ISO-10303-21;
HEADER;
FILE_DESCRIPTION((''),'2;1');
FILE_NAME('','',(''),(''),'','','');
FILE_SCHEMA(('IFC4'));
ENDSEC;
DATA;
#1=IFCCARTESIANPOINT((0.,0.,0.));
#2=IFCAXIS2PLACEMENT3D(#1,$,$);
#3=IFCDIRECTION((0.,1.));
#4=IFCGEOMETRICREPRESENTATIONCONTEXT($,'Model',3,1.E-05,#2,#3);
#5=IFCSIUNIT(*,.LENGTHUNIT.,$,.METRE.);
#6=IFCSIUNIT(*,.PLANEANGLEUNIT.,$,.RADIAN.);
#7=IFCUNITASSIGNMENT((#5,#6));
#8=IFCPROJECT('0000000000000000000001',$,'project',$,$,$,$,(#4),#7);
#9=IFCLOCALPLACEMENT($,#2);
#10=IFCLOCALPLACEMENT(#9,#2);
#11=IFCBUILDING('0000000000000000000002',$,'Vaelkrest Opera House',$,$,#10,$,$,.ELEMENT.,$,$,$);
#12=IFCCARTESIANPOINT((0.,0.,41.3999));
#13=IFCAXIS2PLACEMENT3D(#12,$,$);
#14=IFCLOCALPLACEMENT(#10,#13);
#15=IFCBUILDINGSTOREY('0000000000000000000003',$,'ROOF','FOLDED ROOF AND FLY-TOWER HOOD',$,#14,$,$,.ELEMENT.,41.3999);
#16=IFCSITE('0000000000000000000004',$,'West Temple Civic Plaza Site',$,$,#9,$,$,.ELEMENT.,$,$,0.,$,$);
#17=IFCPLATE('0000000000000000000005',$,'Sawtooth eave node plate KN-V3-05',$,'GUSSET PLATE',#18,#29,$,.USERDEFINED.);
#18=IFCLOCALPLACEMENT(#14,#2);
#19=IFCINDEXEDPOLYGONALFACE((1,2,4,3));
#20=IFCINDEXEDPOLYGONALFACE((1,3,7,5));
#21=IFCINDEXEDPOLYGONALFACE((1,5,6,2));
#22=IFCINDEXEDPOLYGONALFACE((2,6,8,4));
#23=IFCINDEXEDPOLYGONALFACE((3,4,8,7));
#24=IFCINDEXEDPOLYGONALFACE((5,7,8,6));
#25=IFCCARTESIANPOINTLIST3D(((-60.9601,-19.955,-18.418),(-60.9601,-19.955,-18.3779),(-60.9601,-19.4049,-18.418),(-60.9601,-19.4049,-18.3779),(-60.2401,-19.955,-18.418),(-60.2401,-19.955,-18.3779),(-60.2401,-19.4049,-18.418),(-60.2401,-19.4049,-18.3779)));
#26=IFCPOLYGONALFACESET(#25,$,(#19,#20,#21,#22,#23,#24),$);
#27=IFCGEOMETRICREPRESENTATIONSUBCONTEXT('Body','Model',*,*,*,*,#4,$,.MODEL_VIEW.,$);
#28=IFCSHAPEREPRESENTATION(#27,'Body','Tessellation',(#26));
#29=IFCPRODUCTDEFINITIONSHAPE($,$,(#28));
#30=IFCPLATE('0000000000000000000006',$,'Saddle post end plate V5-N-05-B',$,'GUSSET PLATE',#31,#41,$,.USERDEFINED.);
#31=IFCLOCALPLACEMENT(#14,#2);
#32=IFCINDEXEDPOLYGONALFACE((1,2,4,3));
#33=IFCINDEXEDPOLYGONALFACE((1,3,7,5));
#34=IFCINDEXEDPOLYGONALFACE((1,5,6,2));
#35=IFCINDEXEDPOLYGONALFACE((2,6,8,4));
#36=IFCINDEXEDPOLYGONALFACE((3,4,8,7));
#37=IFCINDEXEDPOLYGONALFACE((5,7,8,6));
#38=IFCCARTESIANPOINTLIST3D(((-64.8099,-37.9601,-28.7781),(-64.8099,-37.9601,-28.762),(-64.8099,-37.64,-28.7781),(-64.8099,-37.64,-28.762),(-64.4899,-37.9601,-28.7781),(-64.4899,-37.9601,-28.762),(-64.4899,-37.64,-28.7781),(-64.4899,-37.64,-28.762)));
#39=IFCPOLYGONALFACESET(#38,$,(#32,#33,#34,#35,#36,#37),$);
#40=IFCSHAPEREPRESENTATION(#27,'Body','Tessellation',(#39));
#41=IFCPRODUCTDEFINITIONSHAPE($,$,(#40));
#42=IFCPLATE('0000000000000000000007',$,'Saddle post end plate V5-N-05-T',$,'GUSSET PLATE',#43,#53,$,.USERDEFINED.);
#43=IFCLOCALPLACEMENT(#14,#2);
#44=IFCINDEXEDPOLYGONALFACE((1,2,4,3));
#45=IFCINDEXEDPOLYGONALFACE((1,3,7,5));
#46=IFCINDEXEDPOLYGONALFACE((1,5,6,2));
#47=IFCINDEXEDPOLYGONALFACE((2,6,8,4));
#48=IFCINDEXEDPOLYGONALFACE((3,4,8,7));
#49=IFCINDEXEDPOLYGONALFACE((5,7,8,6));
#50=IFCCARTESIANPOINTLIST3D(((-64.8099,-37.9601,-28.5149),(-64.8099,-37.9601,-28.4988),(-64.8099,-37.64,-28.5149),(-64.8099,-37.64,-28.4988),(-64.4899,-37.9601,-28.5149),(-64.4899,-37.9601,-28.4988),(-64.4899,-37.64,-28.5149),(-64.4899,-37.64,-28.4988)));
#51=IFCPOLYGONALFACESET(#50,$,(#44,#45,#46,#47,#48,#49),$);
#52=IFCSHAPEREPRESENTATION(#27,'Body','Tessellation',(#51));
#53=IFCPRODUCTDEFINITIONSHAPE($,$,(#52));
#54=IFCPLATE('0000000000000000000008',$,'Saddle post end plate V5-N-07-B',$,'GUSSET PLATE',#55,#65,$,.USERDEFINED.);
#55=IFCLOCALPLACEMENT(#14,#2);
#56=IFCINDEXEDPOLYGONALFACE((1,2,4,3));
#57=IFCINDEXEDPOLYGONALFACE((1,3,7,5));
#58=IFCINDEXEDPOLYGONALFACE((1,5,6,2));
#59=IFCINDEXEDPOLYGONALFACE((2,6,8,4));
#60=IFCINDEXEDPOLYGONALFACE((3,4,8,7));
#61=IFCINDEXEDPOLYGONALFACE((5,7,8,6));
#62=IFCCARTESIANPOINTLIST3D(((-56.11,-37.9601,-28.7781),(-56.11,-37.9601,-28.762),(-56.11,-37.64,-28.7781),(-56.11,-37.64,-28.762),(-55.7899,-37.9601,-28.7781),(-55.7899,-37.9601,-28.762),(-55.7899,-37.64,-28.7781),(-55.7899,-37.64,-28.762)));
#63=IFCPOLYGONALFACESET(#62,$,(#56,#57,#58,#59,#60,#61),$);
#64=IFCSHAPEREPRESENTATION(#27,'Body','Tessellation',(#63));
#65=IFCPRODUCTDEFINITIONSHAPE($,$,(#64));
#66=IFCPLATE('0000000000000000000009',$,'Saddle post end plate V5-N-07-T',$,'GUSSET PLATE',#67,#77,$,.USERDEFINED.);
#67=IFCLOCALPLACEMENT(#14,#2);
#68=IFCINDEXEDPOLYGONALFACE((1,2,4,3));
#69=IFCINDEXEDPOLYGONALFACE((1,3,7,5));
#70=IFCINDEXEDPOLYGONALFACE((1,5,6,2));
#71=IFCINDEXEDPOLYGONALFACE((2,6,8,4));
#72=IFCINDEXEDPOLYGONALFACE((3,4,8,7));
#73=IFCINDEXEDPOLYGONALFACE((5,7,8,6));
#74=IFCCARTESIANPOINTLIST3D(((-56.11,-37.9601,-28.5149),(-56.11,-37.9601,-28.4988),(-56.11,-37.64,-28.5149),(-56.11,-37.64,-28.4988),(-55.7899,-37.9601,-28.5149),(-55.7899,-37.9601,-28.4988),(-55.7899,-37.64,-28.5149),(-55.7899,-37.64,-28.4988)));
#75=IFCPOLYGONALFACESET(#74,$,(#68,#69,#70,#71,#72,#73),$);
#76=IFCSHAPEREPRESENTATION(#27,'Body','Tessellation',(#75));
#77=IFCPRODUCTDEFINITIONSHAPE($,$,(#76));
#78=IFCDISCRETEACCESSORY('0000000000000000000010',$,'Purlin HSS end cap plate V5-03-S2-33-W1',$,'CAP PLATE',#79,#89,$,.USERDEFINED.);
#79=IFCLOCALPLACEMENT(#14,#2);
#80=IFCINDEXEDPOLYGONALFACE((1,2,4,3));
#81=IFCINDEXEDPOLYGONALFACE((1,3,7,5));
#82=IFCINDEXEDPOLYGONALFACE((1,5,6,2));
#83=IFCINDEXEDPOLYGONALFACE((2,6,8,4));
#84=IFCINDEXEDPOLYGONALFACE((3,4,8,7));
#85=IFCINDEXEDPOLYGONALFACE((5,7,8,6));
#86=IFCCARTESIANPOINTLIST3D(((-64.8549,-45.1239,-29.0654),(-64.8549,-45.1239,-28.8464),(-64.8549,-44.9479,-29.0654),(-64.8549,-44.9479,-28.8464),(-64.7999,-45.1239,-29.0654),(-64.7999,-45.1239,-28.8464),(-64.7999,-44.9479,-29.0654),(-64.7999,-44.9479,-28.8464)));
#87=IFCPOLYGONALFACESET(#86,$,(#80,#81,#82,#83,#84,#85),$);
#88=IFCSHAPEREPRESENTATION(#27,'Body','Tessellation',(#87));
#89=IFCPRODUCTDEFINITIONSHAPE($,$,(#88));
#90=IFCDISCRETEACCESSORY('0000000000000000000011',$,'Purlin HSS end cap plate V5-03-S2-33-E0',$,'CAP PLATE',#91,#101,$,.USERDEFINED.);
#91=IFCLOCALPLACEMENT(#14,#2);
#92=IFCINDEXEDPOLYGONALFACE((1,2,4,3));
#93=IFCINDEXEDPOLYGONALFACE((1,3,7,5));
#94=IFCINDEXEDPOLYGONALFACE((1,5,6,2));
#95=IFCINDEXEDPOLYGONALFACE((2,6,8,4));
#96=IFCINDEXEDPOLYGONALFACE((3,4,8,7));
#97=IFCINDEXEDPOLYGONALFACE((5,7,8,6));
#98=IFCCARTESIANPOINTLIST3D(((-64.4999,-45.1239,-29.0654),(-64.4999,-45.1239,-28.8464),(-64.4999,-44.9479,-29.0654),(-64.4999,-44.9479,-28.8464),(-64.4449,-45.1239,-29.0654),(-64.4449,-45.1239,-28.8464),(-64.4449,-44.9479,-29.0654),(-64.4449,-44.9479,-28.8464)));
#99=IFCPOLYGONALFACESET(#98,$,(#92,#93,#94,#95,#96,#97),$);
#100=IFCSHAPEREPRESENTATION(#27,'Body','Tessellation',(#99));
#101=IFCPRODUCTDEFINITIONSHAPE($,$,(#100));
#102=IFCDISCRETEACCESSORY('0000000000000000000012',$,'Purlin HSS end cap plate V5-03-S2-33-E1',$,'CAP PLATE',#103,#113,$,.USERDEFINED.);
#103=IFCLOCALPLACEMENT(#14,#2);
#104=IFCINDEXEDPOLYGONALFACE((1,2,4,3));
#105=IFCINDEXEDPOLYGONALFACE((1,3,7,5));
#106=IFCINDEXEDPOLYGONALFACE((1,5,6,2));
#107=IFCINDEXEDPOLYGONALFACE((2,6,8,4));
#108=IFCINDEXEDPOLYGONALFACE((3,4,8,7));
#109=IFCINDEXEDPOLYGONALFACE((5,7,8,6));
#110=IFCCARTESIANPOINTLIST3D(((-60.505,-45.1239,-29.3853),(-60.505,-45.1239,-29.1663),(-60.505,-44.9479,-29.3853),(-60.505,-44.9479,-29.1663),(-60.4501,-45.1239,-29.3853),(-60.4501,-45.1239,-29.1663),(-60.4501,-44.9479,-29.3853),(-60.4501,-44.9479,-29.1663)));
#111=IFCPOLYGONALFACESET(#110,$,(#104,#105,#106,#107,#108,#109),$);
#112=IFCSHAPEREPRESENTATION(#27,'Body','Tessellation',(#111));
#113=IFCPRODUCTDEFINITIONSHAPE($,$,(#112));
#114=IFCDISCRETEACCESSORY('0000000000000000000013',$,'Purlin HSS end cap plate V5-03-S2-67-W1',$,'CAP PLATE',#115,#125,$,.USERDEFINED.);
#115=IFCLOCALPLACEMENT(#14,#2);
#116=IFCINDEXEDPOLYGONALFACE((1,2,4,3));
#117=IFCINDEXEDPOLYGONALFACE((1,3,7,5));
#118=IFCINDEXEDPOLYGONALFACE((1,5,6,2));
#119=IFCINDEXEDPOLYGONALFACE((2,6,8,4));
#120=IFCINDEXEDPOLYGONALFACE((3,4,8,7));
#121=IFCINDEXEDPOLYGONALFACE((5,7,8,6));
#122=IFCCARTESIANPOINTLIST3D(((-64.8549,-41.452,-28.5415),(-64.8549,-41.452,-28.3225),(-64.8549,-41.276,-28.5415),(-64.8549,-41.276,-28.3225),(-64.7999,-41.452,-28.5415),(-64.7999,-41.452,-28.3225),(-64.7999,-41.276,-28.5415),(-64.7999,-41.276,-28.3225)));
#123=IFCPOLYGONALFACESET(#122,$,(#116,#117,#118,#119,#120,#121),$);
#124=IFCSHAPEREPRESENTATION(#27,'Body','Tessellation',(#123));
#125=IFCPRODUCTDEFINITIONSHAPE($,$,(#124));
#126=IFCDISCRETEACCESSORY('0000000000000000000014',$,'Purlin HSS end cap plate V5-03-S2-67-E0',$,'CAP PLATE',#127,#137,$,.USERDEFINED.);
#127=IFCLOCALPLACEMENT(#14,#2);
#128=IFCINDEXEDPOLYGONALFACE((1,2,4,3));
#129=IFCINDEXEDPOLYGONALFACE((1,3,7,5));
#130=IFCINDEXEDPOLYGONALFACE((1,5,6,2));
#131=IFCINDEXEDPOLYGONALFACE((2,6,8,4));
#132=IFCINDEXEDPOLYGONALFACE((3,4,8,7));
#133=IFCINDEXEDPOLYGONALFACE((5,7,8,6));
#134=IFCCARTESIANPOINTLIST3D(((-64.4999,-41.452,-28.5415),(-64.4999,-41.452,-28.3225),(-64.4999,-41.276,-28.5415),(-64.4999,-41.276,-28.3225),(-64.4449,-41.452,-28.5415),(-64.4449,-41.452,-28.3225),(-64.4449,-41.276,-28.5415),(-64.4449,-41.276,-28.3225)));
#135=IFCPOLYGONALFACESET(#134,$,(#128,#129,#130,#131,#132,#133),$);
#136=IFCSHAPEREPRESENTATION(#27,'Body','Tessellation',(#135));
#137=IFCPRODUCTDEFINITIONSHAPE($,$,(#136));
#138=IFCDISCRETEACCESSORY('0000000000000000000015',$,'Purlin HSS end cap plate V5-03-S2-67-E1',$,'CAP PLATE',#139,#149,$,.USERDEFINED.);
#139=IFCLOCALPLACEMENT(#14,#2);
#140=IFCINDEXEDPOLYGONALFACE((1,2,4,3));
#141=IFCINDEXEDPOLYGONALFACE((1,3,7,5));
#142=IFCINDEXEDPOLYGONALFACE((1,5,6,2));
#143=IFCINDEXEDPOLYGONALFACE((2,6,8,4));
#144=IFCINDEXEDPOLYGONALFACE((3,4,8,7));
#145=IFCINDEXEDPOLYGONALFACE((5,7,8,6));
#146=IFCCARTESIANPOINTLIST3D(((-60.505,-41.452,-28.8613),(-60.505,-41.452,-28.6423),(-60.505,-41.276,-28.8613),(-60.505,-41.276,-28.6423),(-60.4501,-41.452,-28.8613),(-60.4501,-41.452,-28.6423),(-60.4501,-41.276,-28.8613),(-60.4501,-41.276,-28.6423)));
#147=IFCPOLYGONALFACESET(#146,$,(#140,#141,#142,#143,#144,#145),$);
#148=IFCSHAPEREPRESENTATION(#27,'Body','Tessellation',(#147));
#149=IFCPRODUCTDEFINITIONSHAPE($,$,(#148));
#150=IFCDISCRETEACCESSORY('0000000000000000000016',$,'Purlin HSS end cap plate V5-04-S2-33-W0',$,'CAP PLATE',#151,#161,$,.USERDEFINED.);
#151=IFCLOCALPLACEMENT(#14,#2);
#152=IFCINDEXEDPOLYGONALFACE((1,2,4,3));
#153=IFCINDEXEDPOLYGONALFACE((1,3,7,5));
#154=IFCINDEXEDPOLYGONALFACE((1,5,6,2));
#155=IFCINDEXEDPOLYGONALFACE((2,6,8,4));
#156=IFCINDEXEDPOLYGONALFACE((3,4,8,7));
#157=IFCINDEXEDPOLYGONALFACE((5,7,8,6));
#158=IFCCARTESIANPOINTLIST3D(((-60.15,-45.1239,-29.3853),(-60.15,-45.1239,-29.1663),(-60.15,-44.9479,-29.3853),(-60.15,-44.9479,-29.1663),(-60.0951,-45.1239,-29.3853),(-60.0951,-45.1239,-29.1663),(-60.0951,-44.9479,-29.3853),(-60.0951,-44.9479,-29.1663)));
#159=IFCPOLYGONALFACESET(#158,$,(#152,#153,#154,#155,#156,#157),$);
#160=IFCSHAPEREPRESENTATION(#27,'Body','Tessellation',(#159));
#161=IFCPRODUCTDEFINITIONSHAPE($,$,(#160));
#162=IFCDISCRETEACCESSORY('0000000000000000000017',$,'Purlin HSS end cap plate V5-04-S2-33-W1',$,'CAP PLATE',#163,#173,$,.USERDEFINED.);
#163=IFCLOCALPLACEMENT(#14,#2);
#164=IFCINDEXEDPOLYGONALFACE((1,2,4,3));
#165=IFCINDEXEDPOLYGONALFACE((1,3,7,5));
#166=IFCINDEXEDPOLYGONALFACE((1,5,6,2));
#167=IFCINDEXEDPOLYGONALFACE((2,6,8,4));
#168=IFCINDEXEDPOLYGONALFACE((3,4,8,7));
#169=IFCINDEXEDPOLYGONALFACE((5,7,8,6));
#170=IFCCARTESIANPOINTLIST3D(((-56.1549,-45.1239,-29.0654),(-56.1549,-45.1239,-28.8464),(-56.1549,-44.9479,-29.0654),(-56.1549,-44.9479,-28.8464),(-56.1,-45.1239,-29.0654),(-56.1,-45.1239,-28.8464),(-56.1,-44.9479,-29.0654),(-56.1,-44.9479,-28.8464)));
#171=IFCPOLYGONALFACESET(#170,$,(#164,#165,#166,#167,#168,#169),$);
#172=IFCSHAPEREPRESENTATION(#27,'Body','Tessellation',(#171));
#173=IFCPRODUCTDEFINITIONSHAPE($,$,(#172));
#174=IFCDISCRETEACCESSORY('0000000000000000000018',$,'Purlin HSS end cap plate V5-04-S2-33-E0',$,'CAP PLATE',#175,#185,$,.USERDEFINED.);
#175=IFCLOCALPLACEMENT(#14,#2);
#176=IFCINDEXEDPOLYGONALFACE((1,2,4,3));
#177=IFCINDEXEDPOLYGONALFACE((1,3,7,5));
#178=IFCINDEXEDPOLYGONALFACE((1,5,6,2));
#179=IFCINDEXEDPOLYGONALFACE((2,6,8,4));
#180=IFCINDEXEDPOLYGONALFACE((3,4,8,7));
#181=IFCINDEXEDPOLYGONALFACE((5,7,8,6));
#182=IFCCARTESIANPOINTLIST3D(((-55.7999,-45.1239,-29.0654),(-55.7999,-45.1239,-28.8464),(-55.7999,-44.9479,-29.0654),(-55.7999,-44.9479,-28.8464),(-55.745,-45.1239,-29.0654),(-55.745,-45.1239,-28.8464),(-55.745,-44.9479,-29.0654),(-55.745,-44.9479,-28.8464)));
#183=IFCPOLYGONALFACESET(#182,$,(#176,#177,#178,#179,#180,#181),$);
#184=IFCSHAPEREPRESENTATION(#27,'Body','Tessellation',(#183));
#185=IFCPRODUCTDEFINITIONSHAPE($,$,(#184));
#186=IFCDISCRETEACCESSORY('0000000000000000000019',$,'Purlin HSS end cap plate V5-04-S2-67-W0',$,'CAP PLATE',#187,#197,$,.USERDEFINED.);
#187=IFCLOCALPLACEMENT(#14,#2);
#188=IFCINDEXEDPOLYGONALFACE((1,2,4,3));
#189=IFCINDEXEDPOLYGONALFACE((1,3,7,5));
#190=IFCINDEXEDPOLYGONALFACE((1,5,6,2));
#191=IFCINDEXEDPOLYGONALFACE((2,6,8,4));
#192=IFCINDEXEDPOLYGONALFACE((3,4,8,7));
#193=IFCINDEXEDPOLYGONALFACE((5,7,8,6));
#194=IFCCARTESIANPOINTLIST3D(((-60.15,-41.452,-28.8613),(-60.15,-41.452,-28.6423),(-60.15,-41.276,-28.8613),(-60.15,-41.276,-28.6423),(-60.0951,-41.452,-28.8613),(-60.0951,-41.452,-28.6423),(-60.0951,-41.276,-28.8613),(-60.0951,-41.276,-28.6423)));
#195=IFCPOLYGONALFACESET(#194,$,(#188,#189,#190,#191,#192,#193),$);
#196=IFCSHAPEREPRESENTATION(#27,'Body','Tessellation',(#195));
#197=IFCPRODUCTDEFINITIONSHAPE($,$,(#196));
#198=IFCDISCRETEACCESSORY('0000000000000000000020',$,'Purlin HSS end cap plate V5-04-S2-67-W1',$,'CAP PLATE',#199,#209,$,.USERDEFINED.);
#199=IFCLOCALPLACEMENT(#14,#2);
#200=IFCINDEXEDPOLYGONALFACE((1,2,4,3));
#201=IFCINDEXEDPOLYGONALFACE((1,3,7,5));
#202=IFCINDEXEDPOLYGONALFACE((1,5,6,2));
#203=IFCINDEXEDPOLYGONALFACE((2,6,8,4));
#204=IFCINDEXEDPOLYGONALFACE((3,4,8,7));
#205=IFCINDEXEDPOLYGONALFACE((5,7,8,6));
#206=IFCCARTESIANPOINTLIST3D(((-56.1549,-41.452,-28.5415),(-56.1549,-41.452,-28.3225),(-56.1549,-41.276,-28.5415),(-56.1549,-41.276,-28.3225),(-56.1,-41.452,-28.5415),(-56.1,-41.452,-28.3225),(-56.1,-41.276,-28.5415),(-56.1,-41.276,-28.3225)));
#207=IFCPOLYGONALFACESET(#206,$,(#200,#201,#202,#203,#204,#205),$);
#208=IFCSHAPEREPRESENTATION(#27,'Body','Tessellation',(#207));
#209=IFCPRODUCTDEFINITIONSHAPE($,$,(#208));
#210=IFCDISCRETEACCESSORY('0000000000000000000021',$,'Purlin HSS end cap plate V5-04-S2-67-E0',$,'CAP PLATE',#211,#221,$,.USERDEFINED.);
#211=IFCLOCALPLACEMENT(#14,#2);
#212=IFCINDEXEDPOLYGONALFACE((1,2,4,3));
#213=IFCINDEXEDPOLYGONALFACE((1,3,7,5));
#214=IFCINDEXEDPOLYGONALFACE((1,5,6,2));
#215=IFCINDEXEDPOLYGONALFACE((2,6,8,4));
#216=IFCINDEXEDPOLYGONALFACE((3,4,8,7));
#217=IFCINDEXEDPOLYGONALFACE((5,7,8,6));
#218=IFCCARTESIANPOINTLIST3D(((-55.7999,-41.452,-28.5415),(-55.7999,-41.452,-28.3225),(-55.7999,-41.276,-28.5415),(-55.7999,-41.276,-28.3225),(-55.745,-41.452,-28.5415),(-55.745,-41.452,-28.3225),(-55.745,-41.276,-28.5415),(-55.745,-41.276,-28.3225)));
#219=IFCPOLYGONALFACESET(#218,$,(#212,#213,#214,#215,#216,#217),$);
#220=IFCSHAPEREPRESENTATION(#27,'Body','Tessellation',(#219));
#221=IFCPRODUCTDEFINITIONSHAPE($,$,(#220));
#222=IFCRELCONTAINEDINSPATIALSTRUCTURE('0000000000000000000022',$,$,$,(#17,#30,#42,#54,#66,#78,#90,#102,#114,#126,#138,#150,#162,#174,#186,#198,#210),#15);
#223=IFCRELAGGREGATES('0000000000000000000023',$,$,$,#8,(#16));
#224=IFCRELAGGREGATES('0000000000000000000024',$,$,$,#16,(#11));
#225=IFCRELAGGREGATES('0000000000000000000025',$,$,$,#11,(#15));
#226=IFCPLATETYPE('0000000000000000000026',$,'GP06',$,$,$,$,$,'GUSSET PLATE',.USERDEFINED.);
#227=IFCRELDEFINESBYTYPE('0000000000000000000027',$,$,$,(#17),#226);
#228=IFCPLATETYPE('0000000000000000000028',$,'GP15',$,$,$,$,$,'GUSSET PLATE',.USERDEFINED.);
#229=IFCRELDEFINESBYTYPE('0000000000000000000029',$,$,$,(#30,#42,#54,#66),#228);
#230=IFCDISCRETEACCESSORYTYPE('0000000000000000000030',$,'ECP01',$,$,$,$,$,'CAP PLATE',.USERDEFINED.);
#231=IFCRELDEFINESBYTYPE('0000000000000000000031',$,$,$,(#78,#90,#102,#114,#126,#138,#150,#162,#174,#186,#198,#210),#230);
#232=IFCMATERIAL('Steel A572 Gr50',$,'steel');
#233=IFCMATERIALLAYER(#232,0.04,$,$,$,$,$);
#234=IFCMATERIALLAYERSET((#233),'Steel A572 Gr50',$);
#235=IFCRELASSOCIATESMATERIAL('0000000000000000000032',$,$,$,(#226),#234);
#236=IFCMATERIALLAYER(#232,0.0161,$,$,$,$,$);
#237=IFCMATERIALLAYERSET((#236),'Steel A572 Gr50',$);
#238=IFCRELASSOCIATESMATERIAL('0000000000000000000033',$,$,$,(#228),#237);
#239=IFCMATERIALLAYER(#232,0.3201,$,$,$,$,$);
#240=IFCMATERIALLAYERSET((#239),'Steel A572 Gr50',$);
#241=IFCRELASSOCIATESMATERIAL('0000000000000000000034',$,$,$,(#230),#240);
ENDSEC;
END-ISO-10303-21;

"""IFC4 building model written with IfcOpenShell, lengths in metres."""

from ifc_helpers import new_model, si_unit, direction, frame, origin, origin_2d, place, context, subcontext, project, spatial, rectangle, extrude, material, layer, layer_set, type_object, element, save


model = new_model("IFC4")

# Units and contexts
model_context = context("Model", 3, precision=1e-05, world=origin(), true_north=direction((0.0, 1.0)))
body_context = subcontext(model_context, "Body", "Model", "MODEL_VIEW")
ifc_project = project(units=[si_unit("LENGTHUNIT", "METRE"), si_unit("PLANEANGLEUNIT", "RADIAN")], contexts=[model_context])

# Site, building, storey
site_placement = place(None, origin())
site = spatial("IfcSite", under=ifc_project, at=site_placement, Name="West Temple Civic Plaza Site", CompositionType="ELEMENT", RefElevation=0.0)
building_placement = place(site_placement, origin())
building = spatial("IfcBuilding", under=site, at=building_placement, Name="Vaelkrest Opera House", CompositionType="ELEMENT")
storey_placement = place(building_placement, frame((0.0, 0.0, 41.3999)))
storey = spatial("IfcBuildingStorey", under=building, at=storey_placement, Name="ROOF", Description="FOLDED ROOF AND FLY-TOWER HOOD", CompositionType="ELEMENT", Elevation=41.3999)

# Plates
ifc_material_1 = material(Name="Steel A572 Gr50", Category="steel")
ifc_layer_1 = layer(ifc_material_1, 0.04)
ifc_layer_set_1 = layer_set([ifc_layer_1], Name="Steel A572 Gr50")
plate_type_1 = type_object("IfcPlateType", Name="GP06", ElementType="GUSSET PLATE", PredefinedType="USERDEFINED", material=ifc_layer_set_1)
plate_placement = place(storey_placement, frame((-60.6001, -19.6799, -18.418), z_axis=(0.0, 0.0, 1.0), x_axis=(1.0, 0.0, 0.0)))
element("IfcPlate", 1, at=plate_placement, inside=storey, type_object=plate_type_1, Name="Sawtooth eave node plate KN-V3-05", ObjectType="GUSSET PLATE", PredefinedType="USERDEFINED", context=body_context, shape_type="SweptSolid", body=[
    extrude(rectangle(XDim=0.72, YDim=0.55, at=origin_2d()), origin(), (0.0, 0.0, 1.0), 0.04),
])
ifc_layer_2 = layer(ifc_material_1, 0.0161)
ifc_layer_set_2 = layer_set([ifc_layer_2], Name="Steel A572 Gr50")
plate_type_2 = type_object("IfcPlateType", Name="GP15", ElementType="GUSSET PLATE", PredefinedType="USERDEFINED", material=ifc_layer_set_2)
for number, where, z_axis, x_axis, name in (
    (2, (-64.6499, -37.8, -28.7781), (0.0, 0.0, 1.0), (1.0, 0.0, 0.0), "Saddle post end plate V5-N-05-B"),
    (3, (-64.6499, -37.8, -28.5149), (0.0, 0.0, 1.0), (1.0, 0.0, 0.0), "Saddle post end plate V5-N-05-T"),
    (4, (-55.95, -37.8, -28.7781), (0.0, 0.0, 1.0), (1.0, 0.0, 0.0), "Saddle post end plate V5-N-07-B"),
    (5, (-55.95, -37.8, -28.5149), (0.0, 0.0, 1.0), (1.0, 0.0, 0.0), "Saddle post end plate V5-N-07-T"),
):
    element("IfcPlate", number, at=place(storey_placement, frame(where, z_axis=z_axis, x_axis=x_axis)), inside=storey, type_object=plate_type_2, Name=name, ObjectType="GUSSET PLATE", PredefinedType="USERDEFINED", context=body_context, shape_type="SweptSolid", body=[
        extrude(rectangle(XDim=0.3201, YDim=0.3201, at=origin_2d()), origin(), (0.0, 0.0, 1.0), 0.0161),
    ])

# Discrete accessories
ifc_layer_3 = layer(ifc_material_1, 0.3201)
ifc_layer_set_3 = layer_set([ifc_layer_3], Name="Steel A572 Gr50")
discrete_accessory_type = type_object("IfcDiscreteAccessoryType", Name="ECP01", ElementType="CAP PLATE", PredefinedType="USERDEFINED", material=ifc_layer_set_3)
for number, where, z_axis, x_axis, name in (
    (6, (-64.8274, -45.0359, -29.0654), (0.0, 0.0, 1.0), (1.0, 0.0, 0.0), "Purlin HSS end cap plate V5-03-S2-33-W1"),
    (7, (-64.4724, -45.0359, -29.0654), (0.0, 0.0, 1.0), (1.0, 0.0, 0.0), "Purlin HSS end cap plate V5-03-S2-33-E0"),
    (8, (-60.4775, -45.0359, -29.3853), (0.0, 0.0, 1.0), (1.0, 0.0, 0.0), "Purlin HSS end cap plate V5-03-S2-33-E1"),
    (9, (-64.8274, -41.364, -28.5415), (0.0, 0.0, 1.0), (1.0, 0.0, 0.0), "Purlin HSS end cap plate V5-03-S2-67-W1"),
    (10, (-64.4724, -41.364, -28.5415), (0.0, 0.0, 1.0), (1.0, 0.0, 0.0), "Purlin HSS end cap plate V5-03-S2-67-E0"),
    (11, (-60.4775, -41.364, -28.8613), (0.0, 0.0, 1.0), (1.0, 0.0, 0.0), "Purlin HSS end cap plate V5-03-S2-67-E1"),
    (12, (-60.1226, -45.0359, -29.3853), (0.0, 0.0, 1.0), (1.0, 0.0, 0.0), "Purlin HSS end cap plate V5-04-S2-33-W0"),
    (13, (-56.1274, -45.0359, -29.0654), (0.0, 0.0, 1.0), (1.0, 0.0, 0.0), "Purlin HSS end cap plate V5-04-S2-33-W1"),
    (14, (-55.7725, -45.0359, -29.0654), (0.0, 0.0, 1.0), (1.0, 0.0, 0.0), "Purlin HSS end cap plate V5-04-S2-33-E0"),
    (15, (-60.1226, -41.364, -28.8613), (0.0, 0.0, 1.0), (1.0, 0.0, 0.0), "Purlin HSS end cap plate V5-04-S2-67-W0"),
    (16, (-56.1274, -41.364, -28.5415), (0.0, 0.0, 1.0), (1.0, 0.0, 0.0), "Purlin HSS end cap plate V5-04-S2-67-W1"),
    (17, (-55.7725, -41.364, -28.5415), (0.0, 0.0, 1.0), (1.0, 0.0, 0.0), "Purlin HSS end cap plate V5-04-S2-67-E0"),
):
    element("IfcDiscreteAccessory", number, at=place(storey_placement, frame(where, z_axis=z_axis, x_axis=x_axis)), inside=storey, type_object=discrete_accessory_type, Name=name, ObjectType="CAP PLATE", PredefinedType="USERDEFINED", context=body_context, shape_type="SweptSolid", body=[
        extrude(rectangle(XDim=0.0549, YDim=0.176, at=origin_2d()), origin(), (0.0, 0.0, 1.0), 0.219),
    ])

save(model, "model.ifc")
